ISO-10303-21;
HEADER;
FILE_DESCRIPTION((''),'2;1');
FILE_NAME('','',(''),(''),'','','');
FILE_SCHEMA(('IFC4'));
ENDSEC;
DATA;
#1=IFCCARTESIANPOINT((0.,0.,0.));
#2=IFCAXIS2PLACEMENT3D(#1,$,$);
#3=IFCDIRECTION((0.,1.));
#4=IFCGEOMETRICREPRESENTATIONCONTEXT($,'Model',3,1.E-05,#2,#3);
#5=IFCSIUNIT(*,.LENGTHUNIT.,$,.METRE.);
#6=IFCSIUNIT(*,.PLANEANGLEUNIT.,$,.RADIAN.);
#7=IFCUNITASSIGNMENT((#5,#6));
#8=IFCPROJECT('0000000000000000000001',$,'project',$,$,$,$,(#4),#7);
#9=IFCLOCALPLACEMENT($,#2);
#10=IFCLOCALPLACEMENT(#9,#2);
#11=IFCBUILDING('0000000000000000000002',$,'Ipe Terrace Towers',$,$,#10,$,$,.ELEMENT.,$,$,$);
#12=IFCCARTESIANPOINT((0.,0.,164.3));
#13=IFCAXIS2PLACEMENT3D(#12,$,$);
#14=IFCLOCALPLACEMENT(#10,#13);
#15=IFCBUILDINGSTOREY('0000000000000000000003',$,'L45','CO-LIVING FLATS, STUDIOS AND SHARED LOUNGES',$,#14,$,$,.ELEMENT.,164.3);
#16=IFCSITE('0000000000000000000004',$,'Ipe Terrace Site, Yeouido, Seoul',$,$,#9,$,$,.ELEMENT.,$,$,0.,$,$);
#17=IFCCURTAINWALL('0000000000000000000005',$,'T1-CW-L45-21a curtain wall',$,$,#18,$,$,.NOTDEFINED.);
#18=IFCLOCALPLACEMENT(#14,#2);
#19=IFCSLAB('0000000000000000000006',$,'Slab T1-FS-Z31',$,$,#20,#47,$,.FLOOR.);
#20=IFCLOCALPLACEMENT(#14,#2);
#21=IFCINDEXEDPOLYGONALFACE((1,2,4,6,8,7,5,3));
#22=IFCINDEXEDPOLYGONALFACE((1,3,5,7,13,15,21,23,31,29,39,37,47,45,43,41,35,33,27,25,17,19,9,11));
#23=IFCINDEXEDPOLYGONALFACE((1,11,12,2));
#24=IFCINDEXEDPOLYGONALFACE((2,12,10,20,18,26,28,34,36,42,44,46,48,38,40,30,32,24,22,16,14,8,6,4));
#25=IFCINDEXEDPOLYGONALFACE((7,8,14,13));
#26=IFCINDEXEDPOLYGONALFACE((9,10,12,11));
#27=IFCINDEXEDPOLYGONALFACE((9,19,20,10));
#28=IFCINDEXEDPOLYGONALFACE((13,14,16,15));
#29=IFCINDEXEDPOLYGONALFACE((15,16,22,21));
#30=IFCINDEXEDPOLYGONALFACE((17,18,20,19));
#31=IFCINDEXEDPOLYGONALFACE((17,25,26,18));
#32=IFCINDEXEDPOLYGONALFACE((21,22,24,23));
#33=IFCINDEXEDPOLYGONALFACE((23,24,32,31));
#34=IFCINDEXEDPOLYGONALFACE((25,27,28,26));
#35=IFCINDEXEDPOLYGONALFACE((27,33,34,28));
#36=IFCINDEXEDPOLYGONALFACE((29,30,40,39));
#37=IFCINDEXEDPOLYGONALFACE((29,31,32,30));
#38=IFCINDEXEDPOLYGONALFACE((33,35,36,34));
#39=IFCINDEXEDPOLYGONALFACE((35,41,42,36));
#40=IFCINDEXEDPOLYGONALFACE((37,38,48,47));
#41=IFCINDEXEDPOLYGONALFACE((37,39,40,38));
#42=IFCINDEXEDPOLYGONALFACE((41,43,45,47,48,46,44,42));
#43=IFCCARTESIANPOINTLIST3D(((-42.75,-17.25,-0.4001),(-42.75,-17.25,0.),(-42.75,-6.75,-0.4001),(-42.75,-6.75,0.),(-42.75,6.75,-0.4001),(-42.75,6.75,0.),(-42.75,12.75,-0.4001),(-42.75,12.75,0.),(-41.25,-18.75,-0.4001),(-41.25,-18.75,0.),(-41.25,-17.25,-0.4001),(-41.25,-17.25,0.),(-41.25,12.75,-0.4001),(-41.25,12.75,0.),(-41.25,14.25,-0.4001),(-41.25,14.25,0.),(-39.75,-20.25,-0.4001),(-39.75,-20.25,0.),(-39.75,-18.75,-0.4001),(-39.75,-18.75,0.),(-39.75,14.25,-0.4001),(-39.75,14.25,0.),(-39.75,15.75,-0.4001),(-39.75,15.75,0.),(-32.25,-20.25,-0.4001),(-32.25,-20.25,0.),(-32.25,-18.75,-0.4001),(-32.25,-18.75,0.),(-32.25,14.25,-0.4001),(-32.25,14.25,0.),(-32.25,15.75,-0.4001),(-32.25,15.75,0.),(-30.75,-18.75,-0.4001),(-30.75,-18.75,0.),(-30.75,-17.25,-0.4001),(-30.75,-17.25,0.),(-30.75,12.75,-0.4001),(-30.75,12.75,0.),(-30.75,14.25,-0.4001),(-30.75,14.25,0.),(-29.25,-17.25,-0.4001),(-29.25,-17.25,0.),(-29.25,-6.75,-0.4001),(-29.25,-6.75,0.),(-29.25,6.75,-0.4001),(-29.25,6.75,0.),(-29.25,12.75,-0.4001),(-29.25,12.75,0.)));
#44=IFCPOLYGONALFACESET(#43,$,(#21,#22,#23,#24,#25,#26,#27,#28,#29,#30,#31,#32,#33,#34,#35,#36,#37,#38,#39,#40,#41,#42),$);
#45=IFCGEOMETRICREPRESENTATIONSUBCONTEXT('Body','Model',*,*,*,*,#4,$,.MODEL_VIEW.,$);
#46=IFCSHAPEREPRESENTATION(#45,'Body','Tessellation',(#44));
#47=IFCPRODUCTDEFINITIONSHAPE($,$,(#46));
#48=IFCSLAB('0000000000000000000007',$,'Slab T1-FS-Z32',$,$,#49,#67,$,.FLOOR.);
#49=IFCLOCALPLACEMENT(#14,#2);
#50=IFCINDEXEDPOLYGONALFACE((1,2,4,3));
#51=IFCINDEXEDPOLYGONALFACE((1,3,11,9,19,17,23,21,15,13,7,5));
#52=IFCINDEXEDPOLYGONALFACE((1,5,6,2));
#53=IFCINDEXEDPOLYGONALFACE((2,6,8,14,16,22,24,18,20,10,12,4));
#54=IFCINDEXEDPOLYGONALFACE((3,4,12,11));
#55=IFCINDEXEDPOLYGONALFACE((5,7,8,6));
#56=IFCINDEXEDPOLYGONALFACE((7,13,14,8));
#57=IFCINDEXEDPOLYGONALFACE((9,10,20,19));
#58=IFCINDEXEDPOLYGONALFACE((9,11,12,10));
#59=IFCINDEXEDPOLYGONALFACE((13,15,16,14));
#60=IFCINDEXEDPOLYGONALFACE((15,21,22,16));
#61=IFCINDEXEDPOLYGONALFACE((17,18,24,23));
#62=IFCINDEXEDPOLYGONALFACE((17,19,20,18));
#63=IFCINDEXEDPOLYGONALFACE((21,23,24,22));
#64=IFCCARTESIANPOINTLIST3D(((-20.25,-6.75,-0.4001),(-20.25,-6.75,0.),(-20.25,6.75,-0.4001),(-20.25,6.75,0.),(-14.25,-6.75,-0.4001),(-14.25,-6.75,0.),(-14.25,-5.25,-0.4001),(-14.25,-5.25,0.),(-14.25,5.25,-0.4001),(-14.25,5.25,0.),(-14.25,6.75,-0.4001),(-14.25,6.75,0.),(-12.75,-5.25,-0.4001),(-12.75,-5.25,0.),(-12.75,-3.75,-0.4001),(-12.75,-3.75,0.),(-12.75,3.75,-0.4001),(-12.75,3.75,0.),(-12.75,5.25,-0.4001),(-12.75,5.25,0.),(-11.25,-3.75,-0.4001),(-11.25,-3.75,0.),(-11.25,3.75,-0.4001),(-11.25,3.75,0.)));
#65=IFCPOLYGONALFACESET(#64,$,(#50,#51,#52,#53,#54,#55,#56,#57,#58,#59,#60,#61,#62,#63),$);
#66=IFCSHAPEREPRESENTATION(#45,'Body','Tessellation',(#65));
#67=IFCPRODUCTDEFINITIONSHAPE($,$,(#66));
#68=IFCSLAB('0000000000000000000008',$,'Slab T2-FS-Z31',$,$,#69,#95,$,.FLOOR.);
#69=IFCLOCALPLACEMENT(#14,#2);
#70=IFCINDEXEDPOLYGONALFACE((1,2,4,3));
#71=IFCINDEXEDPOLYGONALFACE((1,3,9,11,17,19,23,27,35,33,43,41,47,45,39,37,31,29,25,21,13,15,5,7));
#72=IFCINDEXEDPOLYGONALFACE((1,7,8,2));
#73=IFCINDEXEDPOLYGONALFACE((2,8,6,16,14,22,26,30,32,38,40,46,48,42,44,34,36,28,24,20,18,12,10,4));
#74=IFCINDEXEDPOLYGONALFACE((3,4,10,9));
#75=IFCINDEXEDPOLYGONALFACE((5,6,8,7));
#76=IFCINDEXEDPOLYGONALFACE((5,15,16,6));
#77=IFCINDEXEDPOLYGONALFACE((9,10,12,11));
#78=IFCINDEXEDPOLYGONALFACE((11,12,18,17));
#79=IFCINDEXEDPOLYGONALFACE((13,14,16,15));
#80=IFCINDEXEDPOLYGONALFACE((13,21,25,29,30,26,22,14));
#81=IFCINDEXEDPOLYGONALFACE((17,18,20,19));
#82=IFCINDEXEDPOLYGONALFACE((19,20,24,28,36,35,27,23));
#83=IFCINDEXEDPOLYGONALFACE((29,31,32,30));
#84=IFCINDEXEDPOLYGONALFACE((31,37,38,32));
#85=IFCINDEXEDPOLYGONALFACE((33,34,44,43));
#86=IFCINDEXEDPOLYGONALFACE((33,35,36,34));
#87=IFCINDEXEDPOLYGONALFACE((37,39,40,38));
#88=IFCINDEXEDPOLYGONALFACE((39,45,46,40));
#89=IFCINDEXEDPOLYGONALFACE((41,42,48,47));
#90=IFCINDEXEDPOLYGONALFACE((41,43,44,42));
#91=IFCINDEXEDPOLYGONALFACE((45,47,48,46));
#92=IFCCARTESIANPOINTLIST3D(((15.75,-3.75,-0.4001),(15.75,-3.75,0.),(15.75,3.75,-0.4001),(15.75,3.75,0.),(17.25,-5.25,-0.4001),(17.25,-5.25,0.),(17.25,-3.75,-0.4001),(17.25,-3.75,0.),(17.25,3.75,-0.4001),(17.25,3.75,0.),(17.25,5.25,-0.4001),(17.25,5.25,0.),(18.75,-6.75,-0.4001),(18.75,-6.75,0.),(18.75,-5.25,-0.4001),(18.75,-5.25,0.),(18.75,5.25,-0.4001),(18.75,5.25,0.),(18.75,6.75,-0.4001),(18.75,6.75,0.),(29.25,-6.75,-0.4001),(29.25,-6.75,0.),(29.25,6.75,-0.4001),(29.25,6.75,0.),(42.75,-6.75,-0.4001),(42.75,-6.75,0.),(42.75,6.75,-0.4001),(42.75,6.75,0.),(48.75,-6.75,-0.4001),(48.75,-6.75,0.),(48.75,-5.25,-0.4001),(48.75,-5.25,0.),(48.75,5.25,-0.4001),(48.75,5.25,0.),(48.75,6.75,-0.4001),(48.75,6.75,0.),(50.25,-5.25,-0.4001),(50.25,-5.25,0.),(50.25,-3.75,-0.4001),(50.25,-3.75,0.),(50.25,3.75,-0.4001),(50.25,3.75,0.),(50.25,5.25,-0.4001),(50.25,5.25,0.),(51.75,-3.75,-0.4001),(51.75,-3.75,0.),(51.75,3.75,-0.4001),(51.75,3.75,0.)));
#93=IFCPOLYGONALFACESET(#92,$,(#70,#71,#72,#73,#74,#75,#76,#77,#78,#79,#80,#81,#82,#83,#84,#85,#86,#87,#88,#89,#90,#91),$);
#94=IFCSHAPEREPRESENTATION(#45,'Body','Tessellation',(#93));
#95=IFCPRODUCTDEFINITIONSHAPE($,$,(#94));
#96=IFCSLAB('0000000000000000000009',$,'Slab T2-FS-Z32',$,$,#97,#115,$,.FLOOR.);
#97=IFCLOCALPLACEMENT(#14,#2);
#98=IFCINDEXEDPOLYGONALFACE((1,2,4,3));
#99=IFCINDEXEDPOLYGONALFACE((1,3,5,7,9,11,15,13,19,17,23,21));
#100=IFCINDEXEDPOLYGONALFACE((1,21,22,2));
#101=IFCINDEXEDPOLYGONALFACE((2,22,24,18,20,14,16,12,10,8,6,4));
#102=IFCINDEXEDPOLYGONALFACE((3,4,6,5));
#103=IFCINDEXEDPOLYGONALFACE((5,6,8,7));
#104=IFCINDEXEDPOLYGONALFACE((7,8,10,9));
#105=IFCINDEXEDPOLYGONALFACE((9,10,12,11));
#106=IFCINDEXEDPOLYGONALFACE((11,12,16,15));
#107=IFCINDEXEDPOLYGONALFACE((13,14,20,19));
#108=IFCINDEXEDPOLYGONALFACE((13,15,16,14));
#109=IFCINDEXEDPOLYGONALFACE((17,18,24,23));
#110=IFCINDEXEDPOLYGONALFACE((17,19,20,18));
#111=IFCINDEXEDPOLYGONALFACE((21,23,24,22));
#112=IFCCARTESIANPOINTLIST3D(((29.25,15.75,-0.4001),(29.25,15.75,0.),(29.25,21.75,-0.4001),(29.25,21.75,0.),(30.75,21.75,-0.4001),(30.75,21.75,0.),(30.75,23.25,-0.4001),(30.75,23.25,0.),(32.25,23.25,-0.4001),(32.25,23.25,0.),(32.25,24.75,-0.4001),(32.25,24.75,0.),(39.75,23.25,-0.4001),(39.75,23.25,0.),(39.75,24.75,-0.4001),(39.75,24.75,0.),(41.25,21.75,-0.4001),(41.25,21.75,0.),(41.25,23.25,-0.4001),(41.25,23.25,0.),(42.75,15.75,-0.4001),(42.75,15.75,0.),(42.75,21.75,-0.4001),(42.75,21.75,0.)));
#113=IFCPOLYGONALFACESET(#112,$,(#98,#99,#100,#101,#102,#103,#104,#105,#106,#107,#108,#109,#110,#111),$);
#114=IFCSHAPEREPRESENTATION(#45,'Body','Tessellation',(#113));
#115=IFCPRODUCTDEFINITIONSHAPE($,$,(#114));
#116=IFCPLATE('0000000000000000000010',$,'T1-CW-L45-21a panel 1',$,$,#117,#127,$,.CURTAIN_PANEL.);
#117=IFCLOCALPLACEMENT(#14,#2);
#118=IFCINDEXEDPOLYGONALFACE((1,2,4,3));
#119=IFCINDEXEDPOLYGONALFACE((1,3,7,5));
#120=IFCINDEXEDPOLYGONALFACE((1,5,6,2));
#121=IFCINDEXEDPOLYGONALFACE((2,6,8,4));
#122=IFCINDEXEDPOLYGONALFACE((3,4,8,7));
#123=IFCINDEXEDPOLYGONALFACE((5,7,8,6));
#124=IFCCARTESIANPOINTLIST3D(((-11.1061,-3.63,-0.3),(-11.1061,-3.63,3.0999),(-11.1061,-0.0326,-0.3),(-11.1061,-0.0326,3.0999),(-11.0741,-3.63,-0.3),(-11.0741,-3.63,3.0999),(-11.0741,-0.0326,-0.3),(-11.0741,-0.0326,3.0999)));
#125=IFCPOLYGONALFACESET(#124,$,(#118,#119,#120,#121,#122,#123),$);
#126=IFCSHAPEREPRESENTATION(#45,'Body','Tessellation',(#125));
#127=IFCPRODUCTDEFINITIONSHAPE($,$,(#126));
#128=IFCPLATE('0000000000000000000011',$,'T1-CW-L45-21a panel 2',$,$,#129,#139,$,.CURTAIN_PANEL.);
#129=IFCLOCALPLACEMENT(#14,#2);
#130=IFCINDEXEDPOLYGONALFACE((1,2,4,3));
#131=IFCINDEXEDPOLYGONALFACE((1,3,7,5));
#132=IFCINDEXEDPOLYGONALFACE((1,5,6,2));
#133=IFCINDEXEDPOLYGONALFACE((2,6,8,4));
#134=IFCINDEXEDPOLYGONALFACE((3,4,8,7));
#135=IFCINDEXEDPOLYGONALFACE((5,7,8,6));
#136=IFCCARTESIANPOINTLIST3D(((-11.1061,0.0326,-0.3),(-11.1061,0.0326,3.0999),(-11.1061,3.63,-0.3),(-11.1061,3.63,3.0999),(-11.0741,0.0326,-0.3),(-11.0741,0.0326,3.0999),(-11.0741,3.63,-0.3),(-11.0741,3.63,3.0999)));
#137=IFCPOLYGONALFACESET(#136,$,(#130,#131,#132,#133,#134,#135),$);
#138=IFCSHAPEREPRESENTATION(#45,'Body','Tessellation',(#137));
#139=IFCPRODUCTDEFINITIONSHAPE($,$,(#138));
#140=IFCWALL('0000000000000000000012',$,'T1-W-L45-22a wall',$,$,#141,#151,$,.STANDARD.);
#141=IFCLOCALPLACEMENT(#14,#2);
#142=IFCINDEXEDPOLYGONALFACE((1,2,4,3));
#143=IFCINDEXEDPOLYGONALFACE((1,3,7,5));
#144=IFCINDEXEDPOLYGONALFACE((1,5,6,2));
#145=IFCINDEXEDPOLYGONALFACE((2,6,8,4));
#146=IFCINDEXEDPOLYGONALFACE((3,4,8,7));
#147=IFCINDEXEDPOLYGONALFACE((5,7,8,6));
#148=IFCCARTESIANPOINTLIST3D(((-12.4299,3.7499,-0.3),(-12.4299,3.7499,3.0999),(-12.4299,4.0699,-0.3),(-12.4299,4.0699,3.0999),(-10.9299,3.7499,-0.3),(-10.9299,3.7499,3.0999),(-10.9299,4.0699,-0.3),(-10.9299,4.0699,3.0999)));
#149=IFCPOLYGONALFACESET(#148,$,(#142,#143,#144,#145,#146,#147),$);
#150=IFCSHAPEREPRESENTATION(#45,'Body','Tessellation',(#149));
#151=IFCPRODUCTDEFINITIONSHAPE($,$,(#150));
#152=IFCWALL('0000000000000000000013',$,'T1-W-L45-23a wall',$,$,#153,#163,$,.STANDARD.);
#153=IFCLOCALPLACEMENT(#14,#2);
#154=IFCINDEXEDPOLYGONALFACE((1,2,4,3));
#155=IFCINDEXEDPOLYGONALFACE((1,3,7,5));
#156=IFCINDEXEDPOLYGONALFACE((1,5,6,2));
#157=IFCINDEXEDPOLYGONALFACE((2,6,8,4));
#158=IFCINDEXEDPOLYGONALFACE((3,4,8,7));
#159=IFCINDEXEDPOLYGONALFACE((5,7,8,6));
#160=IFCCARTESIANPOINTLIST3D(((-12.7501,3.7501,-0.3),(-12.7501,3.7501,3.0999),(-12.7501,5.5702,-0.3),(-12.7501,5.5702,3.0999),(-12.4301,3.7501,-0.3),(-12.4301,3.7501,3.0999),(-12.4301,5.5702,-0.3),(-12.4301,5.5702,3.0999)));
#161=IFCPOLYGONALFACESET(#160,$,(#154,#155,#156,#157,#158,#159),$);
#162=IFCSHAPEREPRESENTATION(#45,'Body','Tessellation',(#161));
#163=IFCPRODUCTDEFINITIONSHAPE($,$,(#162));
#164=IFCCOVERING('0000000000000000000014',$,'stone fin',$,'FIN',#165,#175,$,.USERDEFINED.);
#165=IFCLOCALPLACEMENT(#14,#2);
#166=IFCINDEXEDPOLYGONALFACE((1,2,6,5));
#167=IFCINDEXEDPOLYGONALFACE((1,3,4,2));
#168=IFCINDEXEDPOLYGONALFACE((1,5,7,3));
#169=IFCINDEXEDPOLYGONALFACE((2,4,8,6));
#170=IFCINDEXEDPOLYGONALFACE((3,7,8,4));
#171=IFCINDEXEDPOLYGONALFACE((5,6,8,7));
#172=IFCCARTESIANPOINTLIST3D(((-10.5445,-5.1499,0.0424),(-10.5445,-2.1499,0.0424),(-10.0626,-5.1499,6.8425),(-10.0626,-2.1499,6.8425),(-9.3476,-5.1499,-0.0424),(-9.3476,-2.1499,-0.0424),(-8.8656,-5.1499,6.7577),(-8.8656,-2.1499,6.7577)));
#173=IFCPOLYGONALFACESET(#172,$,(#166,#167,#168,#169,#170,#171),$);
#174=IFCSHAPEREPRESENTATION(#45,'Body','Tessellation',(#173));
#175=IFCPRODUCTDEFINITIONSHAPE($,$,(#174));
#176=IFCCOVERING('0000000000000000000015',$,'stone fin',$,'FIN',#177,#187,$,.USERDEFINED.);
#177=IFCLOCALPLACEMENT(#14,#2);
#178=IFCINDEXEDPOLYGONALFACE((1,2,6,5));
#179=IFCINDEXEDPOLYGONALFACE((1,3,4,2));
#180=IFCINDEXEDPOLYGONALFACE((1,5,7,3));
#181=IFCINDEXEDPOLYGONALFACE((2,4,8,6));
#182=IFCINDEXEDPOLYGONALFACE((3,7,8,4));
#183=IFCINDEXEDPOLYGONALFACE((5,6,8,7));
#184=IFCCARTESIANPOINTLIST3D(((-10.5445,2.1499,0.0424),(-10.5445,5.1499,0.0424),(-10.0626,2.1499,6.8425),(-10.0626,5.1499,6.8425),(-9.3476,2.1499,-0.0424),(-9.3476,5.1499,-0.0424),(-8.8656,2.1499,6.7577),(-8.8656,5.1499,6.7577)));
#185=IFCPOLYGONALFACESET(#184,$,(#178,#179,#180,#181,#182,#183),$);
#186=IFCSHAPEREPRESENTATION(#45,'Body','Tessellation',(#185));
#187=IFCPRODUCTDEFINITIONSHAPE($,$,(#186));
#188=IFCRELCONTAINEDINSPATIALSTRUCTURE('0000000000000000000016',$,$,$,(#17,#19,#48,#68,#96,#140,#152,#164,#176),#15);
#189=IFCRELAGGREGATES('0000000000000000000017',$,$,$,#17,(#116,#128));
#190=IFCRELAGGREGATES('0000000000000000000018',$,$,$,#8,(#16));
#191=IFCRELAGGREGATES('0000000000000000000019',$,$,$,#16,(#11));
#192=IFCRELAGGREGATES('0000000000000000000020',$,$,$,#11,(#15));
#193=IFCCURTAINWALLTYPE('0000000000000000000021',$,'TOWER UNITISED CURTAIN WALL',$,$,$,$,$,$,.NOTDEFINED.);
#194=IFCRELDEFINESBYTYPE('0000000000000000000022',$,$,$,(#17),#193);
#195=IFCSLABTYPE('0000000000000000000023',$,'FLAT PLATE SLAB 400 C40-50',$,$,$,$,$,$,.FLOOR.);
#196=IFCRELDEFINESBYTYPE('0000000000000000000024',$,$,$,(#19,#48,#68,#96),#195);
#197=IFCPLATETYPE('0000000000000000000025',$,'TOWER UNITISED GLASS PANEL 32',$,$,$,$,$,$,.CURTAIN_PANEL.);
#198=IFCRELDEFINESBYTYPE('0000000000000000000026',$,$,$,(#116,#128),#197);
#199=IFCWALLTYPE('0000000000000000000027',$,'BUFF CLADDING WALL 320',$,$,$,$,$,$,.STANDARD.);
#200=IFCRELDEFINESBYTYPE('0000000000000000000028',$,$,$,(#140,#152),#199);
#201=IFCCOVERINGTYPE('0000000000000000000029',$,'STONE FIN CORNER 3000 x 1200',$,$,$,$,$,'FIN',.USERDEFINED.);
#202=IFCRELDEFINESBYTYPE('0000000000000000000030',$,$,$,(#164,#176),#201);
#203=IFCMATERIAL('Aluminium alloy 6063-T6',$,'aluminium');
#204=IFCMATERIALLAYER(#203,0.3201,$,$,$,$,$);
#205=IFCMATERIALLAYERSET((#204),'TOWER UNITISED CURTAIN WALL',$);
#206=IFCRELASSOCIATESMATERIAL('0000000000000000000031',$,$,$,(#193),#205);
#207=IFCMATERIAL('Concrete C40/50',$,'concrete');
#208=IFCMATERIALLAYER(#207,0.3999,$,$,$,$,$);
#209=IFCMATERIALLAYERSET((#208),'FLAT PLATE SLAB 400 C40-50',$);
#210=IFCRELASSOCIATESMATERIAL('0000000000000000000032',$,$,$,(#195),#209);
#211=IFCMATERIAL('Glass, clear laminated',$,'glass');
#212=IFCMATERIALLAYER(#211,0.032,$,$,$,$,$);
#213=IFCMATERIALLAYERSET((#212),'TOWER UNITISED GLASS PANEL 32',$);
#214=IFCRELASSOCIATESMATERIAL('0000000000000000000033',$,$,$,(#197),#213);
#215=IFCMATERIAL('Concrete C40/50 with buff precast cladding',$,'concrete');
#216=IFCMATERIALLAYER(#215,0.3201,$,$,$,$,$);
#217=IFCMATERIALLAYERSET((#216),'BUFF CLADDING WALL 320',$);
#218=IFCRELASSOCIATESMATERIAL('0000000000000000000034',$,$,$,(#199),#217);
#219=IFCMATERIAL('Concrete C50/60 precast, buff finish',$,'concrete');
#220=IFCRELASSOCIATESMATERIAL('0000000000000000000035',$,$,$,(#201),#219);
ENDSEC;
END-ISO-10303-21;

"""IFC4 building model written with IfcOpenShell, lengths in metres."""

from ifc_helpers import new_model, si_unit, direction, frame, frame_2d, origin, origin_2d, place, context, subcontext, project, spatial, polyline, rectangle, outline, extrude, material, layer, layer_set, material_profile, profile_set, type_object, element, aggregate, save


model = new_model("IFC4")

# Units and contexts
model_context = context("Model", 3, precision=1e-05, world=origin(), true_north=direction((0.0, 1.0)))
body_context = subcontext(model_context, "Body", "Model", "MODEL_VIEW")
ifc_project = project(units=[si_unit("LENGTHUNIT", "METRE"), si_unit("PLANEANGLEUNIT", "RADIAN")], contexts=[model_context])

# Site, building, storey
site_placement = place(None, origin())
site = spatial("IfcSite", under=ifc_project, at=site_placement, Name="Ipe Terrace Site, Yeouido, Seoul", CompositionType="ELEMENT", RefElevation=0.0)
building_placement = place(site_placement, origin())
building = spatial("IfcBuilding", under=site, at=building_placement, Name="Ipe Terrace Towers", CompositionType="ELEMENT")
storey_placement = place(building_placement, frame((0.0, 0.0, 164.3)))
storey = spatial("IfcBuildingStorey", under=building, at=storey_placement, Name="L45", Description="CO-LIVING FLATS, STUDIOS AND SHARED LOUNGES", CompositionType="ELEMENT", Elevation=164.3)

# Curtain wall
ifc_material_1 = material(Name="Aluminium alloy 6063-T6", Category="aluminium")
ifc_layer_1 = layer(ifc_material_1, 0.3201)
ifc_layer_set_1 = layer_set([ifc_layer_1], Name="TOWER UNITISED CURTAIN WALL")
curtain_wall_type = type_object("IfcCurtainWallType", Name="TOWER UNITISED CURTAIN WALL", PredefinedType="NOTDEFINED", material=ifc_layer_set_1)
curtain_wall_placement = place(storey_placement, origin())
curtain_wall = element("IfcCurtainWall", 1, at=curtain_wall_placement, inside=storey, type_object=curtain_wall_type, Name="T1-CW-L45-21a curtain wall", PredefinedType="NOTDEFINED")

# Slabs
ifc_material_2 = material(Name="Concrete C40/50", Category="concrete")
ifc_layer_2 = layer(ifc_material_2, 0.3999)
ifc_layer_set_2 = layer_set([ifc_layer_2], Name="FLAT PLATE SLAB 400 C40-50")
slab_type_1 = type_object("IfcSlabType", Name="FLAT PLATE SLAB 400 C40-50", PredefinedType="FLOOR", material=ifc_layer_set_2)
slab_1_placement = place(storey_placement, frame((0.0, 0.0, -0.4001)))
element("IfcSlab", 2, at=slab_1_placement, inside=storey, type_object=slab_type_1, Name="Slab T1-FS-Z31", PredefinedType="FLOOR", context=body_context, shape_type="SweptSolid", body=[
    extrude(outline(polyline([(-30.75, -17.25), (-30.75, -18.75), (-32.25, -18.75), (-32.25, -20.25), (-39.75, -20.25), (-39.75, -18.75), (-41.25, -18.75), (-41.25, -17.25), (-42.75, -17.25), (-42.75, -6.75), (-42.75, 6.75), (-42.75, 12.75), (-41.25, 12.75), (-41.25, 14.25), (-39.75, 14.25), (-39.75, 15.75), (-32.25, 15.75), (-32.25, 14.25), (-30.75, 14.25), (-30.75, 12.75), (-29.25, 12.75), (-29.25, 6.75), (-29.25, -6.75), (-29.25, -17.25), (-30.75, -17.25)])), origin(), (0.0, 0.0, 1.0), 0.4001),
])
slab_2_placement = place(storey_placement, frame((0.0, 0.0, -0.4001)))
element("IfcSlab", 3, at=slab_2_placement, inside=storey, type_object=slab_type_1, Name="Slab T1-FS-Z32", PredefinedType="FLOOR", context=body_context, shape_type="SweptSolid", body=[
    extrude(outline(polyline([(-14.25, 5.25), (-12.75, 5.25), (-12.75, 3.75), (-11.25, 3.75), (-11.25, -3.75), (-12.75, -3.75), (-12.75, -5.25), (-14.25, -5.25), (-14.25, -6.75), (-20.25, -6.75), (-20.25, 6.75), (-14.25, 6.75), (-14.25, 5.25)])), origin(), (0.0, 0.0, 1.0), 0.4001),
])
slab_3_placement = place(storey_placement, frame((0.0, 0.0, -0.4001)))
element("IfcSlab", 4, at=slab_3_placement, inside=storey, type_object=slab_type_1, Name="Slab T2-FS-Z31", PredefinedType="FLOOR", context=body_context, shape_type="SweptSolid", body=[
    extrude(outline(polyline([(48.75, 5.25), (50.25, 5.25), (50.25, 3.75), (51.75, 3.75), (51.75, -3.75), (50.25, -3.75), (50.25, -5.25), (48.75, -5.25), (48.75, -6.75), (42.75, -6.75), (29.25, -6.75), (18.75, -6.75), (18.75, -5.25), (17.25, -5.25), (17.25, -3.75), (15.75, -3.75), (15.75, 3.75), (17.25, 3.75), (17.25, 5.25), (18.75, 5.25), (18.75, 6.75), (29.25, 6.75), (42.75, 6.75), (48.75, 6.75), (48.75, 5.25)])), origin(), (0.0, 0.0, 1.0), 0.4001),
])
slab_4_placement = place(storey_placement, frame((0.0, 0.0, -0.4001)))
element("IfcSlab", 5, at=slab_4_placement, inside=storey, type_object=slab_type_1, Name="Slab T2-FS-Z32", PredefinedType="FLOOR", context=body_context, shape_type="SweptSolid", body=[
    extrude(outline(polyline([(30.75, 21.75), (30.75, 23.25), (32.25, 23.25), (32.25, 24.75), (39.75, 24.75), (39.75, 23.25), (41.25, 23.25), (41.25, 21.75), (42.75, 21.75), (42.75, 15.75), (29.25, 15.75), (29.25, 21.75), (30.75, 21.75)])), origin(), (0.0, 0.0, 1.0), 0.4001),
])

# Plates
ifc_material_3 = material(Name="Glass, clear laminated", Category="glass")
ifc_layer_3 = layer(ifc_material_3, 0.032)
ifc_layer_set_3 = layer_set([ifc_layer_3], Name="TOWER UNITISED GLASS PANEL 32")
plate_type = type_object("IfcPlateType", Name="TOWER UNITISED GLASS PANEL 32", PredefinedType="CURTAIN_PANEL", material=ifc_layer_set_3)
plate_1_placement = place(storey_placement, frame((-11.0901, -1.8313, -0.3), z_axis=(0.0, 0.0, 1.0), x_axis=(0.0, 1.0, 0.0)))
plate_1 = element("IfcPlate", 6, at=plate_1_placement, type_object=plate_type, Name="T1-CW-L45-21a panel 1", PredefinedType="CURTAIN_PANEL", context=body_context, shape_type="SweptSolid", body=[
    extrude(rectangle(XDim=3.5974, YDim=0.032, at=origin_2d()), origin(), (0.0, 0.0, 1.0), 3.3999),
])
plate_2_placement = place(storey_placement, frame((-11.0901, 1.8313, -0.3), z_axis=(0.0, 0.0, 1.0), x_axis=(0.0, 1.0, 0.0)))
plate_2 = element("IfcPlate", 7, at=plate_2_placement, type_object=plate_type, Name="T1-CW-L45-21a panel 2", PredefinedType="CURTAIN_PANEL", context=body_context, shape_type="SweptSolid", body=[
    extrude(rectangle(XDim=3.5974, YDim=0.032, at=origin_2d()), origin(), (0.0, 0.0, 1.0), 3.3999),
])
aggregate(curtain_wall, [plate_1, plate_2])

# Walls
ifc_material_4 = material(Name="Concrete C40/50 with buff precast cladding", Category="concrete")
ifc_layer_4 = layer(ifc_material_4, 0.3201)
ifc_layer_set_4 = layer_set([ifc_layer_4], Name="BUFF CLADDING WALL 320")
wall_type = type_object("IfcWallType", Name="BUFF CLADDING WALL 320", PredefinedType="STANDARD", material=ifc_layer_set_4)
wall_1_placement = place(storey_placement, frame((-10.9299, 3.9099, -0.3), z_axis=(0.0, 0.0, 1.0), x_axis=(-1.0, 0.0, 0.0)))
element("IfcWall", 8, at=wall_1_placement, inside=storey, type_object=wall_type, Name="T1-W-L45-22a wall", PredefinedType="STANDARD", context=body_context, shape_type="SweptSolid", body=[
    extrude(rectangle(XDim=1.5, YDim=0.3201, at=frame_2d((0.75, 0.0))), origin(), (0.0, 0.0, 1.0), 3.3999),
])
wall_2_placement = place(storey_placement, frame((-12.5901, 3.75, -0.3), z_axis=(0.0, 0.0, 1.0), x_axis=(0.0, 1.0, 0.0)))
element("IfcWall", 9, at=wall_2_placement, inside=storey, type_object=wall_type, Name="T1-W-L45-23a wall", PredefinedType="STANDARD", context=body_context, shape_type="SweptSolid", body=[
    extrude(rectangle(XDim=1.8201, YDim=0.3201, at=frame_2d((0.9102, 0.0))), origin(), (0.0, 0.0, 1.0), 3.3999),
])

# Coverings
ifc_material_5 = material(Name="Concrete C50/60 precast, buff finish", Category="concrete")
ifc_material_profile_1 = material_profile(ifc_material_5, rectangle(XDim=3.0, YDim=1.2, at=origin_2d()), Name="STONE FIN CORNER 3000 x 1200")
ifc_profile_set_1 = profile_set([ifc_material_profile_1], Name="Concrete C50/60 precast, buff finish")
covering_type_1 = type_object("IfcCoveringType", Name="STONE FIN CORNER 3000 x 1200", ElementType="FIN", PredefinedType="USERDEFINED", material=ifc_profile_set_1)
for number, where, z_axis, x_axis, name in (
    (10, (-9.946, -3.6499, 0.0), (0.070695, 0.0, 0.997498), (0.0, 1.0, 0.0), "stone fin"),
    (11, (-9.946, 3.6499, 0.0), (0.070695, 0.0, 0.997498), (0.0, 1.0, 0.0), "stone fin"),
):
    element("IfcCovering", number, at=place(storey_placement, frame(where, z_axis=z_axis, x_axis=x_axis)), inside=storey, type_object=covering_type_1, Name=name, ObjectType="FIN", PredefinedType="USERDEFINED", context=body_context, shape_type="SweptSolid", body=[
        extrude(rectangle(XDim=3.0, YDim=1.2, at=origin_2d()), origin(), (0.0, 0.0, 1.0), 6.8171),
    ])

save(model, "model.ifc")
